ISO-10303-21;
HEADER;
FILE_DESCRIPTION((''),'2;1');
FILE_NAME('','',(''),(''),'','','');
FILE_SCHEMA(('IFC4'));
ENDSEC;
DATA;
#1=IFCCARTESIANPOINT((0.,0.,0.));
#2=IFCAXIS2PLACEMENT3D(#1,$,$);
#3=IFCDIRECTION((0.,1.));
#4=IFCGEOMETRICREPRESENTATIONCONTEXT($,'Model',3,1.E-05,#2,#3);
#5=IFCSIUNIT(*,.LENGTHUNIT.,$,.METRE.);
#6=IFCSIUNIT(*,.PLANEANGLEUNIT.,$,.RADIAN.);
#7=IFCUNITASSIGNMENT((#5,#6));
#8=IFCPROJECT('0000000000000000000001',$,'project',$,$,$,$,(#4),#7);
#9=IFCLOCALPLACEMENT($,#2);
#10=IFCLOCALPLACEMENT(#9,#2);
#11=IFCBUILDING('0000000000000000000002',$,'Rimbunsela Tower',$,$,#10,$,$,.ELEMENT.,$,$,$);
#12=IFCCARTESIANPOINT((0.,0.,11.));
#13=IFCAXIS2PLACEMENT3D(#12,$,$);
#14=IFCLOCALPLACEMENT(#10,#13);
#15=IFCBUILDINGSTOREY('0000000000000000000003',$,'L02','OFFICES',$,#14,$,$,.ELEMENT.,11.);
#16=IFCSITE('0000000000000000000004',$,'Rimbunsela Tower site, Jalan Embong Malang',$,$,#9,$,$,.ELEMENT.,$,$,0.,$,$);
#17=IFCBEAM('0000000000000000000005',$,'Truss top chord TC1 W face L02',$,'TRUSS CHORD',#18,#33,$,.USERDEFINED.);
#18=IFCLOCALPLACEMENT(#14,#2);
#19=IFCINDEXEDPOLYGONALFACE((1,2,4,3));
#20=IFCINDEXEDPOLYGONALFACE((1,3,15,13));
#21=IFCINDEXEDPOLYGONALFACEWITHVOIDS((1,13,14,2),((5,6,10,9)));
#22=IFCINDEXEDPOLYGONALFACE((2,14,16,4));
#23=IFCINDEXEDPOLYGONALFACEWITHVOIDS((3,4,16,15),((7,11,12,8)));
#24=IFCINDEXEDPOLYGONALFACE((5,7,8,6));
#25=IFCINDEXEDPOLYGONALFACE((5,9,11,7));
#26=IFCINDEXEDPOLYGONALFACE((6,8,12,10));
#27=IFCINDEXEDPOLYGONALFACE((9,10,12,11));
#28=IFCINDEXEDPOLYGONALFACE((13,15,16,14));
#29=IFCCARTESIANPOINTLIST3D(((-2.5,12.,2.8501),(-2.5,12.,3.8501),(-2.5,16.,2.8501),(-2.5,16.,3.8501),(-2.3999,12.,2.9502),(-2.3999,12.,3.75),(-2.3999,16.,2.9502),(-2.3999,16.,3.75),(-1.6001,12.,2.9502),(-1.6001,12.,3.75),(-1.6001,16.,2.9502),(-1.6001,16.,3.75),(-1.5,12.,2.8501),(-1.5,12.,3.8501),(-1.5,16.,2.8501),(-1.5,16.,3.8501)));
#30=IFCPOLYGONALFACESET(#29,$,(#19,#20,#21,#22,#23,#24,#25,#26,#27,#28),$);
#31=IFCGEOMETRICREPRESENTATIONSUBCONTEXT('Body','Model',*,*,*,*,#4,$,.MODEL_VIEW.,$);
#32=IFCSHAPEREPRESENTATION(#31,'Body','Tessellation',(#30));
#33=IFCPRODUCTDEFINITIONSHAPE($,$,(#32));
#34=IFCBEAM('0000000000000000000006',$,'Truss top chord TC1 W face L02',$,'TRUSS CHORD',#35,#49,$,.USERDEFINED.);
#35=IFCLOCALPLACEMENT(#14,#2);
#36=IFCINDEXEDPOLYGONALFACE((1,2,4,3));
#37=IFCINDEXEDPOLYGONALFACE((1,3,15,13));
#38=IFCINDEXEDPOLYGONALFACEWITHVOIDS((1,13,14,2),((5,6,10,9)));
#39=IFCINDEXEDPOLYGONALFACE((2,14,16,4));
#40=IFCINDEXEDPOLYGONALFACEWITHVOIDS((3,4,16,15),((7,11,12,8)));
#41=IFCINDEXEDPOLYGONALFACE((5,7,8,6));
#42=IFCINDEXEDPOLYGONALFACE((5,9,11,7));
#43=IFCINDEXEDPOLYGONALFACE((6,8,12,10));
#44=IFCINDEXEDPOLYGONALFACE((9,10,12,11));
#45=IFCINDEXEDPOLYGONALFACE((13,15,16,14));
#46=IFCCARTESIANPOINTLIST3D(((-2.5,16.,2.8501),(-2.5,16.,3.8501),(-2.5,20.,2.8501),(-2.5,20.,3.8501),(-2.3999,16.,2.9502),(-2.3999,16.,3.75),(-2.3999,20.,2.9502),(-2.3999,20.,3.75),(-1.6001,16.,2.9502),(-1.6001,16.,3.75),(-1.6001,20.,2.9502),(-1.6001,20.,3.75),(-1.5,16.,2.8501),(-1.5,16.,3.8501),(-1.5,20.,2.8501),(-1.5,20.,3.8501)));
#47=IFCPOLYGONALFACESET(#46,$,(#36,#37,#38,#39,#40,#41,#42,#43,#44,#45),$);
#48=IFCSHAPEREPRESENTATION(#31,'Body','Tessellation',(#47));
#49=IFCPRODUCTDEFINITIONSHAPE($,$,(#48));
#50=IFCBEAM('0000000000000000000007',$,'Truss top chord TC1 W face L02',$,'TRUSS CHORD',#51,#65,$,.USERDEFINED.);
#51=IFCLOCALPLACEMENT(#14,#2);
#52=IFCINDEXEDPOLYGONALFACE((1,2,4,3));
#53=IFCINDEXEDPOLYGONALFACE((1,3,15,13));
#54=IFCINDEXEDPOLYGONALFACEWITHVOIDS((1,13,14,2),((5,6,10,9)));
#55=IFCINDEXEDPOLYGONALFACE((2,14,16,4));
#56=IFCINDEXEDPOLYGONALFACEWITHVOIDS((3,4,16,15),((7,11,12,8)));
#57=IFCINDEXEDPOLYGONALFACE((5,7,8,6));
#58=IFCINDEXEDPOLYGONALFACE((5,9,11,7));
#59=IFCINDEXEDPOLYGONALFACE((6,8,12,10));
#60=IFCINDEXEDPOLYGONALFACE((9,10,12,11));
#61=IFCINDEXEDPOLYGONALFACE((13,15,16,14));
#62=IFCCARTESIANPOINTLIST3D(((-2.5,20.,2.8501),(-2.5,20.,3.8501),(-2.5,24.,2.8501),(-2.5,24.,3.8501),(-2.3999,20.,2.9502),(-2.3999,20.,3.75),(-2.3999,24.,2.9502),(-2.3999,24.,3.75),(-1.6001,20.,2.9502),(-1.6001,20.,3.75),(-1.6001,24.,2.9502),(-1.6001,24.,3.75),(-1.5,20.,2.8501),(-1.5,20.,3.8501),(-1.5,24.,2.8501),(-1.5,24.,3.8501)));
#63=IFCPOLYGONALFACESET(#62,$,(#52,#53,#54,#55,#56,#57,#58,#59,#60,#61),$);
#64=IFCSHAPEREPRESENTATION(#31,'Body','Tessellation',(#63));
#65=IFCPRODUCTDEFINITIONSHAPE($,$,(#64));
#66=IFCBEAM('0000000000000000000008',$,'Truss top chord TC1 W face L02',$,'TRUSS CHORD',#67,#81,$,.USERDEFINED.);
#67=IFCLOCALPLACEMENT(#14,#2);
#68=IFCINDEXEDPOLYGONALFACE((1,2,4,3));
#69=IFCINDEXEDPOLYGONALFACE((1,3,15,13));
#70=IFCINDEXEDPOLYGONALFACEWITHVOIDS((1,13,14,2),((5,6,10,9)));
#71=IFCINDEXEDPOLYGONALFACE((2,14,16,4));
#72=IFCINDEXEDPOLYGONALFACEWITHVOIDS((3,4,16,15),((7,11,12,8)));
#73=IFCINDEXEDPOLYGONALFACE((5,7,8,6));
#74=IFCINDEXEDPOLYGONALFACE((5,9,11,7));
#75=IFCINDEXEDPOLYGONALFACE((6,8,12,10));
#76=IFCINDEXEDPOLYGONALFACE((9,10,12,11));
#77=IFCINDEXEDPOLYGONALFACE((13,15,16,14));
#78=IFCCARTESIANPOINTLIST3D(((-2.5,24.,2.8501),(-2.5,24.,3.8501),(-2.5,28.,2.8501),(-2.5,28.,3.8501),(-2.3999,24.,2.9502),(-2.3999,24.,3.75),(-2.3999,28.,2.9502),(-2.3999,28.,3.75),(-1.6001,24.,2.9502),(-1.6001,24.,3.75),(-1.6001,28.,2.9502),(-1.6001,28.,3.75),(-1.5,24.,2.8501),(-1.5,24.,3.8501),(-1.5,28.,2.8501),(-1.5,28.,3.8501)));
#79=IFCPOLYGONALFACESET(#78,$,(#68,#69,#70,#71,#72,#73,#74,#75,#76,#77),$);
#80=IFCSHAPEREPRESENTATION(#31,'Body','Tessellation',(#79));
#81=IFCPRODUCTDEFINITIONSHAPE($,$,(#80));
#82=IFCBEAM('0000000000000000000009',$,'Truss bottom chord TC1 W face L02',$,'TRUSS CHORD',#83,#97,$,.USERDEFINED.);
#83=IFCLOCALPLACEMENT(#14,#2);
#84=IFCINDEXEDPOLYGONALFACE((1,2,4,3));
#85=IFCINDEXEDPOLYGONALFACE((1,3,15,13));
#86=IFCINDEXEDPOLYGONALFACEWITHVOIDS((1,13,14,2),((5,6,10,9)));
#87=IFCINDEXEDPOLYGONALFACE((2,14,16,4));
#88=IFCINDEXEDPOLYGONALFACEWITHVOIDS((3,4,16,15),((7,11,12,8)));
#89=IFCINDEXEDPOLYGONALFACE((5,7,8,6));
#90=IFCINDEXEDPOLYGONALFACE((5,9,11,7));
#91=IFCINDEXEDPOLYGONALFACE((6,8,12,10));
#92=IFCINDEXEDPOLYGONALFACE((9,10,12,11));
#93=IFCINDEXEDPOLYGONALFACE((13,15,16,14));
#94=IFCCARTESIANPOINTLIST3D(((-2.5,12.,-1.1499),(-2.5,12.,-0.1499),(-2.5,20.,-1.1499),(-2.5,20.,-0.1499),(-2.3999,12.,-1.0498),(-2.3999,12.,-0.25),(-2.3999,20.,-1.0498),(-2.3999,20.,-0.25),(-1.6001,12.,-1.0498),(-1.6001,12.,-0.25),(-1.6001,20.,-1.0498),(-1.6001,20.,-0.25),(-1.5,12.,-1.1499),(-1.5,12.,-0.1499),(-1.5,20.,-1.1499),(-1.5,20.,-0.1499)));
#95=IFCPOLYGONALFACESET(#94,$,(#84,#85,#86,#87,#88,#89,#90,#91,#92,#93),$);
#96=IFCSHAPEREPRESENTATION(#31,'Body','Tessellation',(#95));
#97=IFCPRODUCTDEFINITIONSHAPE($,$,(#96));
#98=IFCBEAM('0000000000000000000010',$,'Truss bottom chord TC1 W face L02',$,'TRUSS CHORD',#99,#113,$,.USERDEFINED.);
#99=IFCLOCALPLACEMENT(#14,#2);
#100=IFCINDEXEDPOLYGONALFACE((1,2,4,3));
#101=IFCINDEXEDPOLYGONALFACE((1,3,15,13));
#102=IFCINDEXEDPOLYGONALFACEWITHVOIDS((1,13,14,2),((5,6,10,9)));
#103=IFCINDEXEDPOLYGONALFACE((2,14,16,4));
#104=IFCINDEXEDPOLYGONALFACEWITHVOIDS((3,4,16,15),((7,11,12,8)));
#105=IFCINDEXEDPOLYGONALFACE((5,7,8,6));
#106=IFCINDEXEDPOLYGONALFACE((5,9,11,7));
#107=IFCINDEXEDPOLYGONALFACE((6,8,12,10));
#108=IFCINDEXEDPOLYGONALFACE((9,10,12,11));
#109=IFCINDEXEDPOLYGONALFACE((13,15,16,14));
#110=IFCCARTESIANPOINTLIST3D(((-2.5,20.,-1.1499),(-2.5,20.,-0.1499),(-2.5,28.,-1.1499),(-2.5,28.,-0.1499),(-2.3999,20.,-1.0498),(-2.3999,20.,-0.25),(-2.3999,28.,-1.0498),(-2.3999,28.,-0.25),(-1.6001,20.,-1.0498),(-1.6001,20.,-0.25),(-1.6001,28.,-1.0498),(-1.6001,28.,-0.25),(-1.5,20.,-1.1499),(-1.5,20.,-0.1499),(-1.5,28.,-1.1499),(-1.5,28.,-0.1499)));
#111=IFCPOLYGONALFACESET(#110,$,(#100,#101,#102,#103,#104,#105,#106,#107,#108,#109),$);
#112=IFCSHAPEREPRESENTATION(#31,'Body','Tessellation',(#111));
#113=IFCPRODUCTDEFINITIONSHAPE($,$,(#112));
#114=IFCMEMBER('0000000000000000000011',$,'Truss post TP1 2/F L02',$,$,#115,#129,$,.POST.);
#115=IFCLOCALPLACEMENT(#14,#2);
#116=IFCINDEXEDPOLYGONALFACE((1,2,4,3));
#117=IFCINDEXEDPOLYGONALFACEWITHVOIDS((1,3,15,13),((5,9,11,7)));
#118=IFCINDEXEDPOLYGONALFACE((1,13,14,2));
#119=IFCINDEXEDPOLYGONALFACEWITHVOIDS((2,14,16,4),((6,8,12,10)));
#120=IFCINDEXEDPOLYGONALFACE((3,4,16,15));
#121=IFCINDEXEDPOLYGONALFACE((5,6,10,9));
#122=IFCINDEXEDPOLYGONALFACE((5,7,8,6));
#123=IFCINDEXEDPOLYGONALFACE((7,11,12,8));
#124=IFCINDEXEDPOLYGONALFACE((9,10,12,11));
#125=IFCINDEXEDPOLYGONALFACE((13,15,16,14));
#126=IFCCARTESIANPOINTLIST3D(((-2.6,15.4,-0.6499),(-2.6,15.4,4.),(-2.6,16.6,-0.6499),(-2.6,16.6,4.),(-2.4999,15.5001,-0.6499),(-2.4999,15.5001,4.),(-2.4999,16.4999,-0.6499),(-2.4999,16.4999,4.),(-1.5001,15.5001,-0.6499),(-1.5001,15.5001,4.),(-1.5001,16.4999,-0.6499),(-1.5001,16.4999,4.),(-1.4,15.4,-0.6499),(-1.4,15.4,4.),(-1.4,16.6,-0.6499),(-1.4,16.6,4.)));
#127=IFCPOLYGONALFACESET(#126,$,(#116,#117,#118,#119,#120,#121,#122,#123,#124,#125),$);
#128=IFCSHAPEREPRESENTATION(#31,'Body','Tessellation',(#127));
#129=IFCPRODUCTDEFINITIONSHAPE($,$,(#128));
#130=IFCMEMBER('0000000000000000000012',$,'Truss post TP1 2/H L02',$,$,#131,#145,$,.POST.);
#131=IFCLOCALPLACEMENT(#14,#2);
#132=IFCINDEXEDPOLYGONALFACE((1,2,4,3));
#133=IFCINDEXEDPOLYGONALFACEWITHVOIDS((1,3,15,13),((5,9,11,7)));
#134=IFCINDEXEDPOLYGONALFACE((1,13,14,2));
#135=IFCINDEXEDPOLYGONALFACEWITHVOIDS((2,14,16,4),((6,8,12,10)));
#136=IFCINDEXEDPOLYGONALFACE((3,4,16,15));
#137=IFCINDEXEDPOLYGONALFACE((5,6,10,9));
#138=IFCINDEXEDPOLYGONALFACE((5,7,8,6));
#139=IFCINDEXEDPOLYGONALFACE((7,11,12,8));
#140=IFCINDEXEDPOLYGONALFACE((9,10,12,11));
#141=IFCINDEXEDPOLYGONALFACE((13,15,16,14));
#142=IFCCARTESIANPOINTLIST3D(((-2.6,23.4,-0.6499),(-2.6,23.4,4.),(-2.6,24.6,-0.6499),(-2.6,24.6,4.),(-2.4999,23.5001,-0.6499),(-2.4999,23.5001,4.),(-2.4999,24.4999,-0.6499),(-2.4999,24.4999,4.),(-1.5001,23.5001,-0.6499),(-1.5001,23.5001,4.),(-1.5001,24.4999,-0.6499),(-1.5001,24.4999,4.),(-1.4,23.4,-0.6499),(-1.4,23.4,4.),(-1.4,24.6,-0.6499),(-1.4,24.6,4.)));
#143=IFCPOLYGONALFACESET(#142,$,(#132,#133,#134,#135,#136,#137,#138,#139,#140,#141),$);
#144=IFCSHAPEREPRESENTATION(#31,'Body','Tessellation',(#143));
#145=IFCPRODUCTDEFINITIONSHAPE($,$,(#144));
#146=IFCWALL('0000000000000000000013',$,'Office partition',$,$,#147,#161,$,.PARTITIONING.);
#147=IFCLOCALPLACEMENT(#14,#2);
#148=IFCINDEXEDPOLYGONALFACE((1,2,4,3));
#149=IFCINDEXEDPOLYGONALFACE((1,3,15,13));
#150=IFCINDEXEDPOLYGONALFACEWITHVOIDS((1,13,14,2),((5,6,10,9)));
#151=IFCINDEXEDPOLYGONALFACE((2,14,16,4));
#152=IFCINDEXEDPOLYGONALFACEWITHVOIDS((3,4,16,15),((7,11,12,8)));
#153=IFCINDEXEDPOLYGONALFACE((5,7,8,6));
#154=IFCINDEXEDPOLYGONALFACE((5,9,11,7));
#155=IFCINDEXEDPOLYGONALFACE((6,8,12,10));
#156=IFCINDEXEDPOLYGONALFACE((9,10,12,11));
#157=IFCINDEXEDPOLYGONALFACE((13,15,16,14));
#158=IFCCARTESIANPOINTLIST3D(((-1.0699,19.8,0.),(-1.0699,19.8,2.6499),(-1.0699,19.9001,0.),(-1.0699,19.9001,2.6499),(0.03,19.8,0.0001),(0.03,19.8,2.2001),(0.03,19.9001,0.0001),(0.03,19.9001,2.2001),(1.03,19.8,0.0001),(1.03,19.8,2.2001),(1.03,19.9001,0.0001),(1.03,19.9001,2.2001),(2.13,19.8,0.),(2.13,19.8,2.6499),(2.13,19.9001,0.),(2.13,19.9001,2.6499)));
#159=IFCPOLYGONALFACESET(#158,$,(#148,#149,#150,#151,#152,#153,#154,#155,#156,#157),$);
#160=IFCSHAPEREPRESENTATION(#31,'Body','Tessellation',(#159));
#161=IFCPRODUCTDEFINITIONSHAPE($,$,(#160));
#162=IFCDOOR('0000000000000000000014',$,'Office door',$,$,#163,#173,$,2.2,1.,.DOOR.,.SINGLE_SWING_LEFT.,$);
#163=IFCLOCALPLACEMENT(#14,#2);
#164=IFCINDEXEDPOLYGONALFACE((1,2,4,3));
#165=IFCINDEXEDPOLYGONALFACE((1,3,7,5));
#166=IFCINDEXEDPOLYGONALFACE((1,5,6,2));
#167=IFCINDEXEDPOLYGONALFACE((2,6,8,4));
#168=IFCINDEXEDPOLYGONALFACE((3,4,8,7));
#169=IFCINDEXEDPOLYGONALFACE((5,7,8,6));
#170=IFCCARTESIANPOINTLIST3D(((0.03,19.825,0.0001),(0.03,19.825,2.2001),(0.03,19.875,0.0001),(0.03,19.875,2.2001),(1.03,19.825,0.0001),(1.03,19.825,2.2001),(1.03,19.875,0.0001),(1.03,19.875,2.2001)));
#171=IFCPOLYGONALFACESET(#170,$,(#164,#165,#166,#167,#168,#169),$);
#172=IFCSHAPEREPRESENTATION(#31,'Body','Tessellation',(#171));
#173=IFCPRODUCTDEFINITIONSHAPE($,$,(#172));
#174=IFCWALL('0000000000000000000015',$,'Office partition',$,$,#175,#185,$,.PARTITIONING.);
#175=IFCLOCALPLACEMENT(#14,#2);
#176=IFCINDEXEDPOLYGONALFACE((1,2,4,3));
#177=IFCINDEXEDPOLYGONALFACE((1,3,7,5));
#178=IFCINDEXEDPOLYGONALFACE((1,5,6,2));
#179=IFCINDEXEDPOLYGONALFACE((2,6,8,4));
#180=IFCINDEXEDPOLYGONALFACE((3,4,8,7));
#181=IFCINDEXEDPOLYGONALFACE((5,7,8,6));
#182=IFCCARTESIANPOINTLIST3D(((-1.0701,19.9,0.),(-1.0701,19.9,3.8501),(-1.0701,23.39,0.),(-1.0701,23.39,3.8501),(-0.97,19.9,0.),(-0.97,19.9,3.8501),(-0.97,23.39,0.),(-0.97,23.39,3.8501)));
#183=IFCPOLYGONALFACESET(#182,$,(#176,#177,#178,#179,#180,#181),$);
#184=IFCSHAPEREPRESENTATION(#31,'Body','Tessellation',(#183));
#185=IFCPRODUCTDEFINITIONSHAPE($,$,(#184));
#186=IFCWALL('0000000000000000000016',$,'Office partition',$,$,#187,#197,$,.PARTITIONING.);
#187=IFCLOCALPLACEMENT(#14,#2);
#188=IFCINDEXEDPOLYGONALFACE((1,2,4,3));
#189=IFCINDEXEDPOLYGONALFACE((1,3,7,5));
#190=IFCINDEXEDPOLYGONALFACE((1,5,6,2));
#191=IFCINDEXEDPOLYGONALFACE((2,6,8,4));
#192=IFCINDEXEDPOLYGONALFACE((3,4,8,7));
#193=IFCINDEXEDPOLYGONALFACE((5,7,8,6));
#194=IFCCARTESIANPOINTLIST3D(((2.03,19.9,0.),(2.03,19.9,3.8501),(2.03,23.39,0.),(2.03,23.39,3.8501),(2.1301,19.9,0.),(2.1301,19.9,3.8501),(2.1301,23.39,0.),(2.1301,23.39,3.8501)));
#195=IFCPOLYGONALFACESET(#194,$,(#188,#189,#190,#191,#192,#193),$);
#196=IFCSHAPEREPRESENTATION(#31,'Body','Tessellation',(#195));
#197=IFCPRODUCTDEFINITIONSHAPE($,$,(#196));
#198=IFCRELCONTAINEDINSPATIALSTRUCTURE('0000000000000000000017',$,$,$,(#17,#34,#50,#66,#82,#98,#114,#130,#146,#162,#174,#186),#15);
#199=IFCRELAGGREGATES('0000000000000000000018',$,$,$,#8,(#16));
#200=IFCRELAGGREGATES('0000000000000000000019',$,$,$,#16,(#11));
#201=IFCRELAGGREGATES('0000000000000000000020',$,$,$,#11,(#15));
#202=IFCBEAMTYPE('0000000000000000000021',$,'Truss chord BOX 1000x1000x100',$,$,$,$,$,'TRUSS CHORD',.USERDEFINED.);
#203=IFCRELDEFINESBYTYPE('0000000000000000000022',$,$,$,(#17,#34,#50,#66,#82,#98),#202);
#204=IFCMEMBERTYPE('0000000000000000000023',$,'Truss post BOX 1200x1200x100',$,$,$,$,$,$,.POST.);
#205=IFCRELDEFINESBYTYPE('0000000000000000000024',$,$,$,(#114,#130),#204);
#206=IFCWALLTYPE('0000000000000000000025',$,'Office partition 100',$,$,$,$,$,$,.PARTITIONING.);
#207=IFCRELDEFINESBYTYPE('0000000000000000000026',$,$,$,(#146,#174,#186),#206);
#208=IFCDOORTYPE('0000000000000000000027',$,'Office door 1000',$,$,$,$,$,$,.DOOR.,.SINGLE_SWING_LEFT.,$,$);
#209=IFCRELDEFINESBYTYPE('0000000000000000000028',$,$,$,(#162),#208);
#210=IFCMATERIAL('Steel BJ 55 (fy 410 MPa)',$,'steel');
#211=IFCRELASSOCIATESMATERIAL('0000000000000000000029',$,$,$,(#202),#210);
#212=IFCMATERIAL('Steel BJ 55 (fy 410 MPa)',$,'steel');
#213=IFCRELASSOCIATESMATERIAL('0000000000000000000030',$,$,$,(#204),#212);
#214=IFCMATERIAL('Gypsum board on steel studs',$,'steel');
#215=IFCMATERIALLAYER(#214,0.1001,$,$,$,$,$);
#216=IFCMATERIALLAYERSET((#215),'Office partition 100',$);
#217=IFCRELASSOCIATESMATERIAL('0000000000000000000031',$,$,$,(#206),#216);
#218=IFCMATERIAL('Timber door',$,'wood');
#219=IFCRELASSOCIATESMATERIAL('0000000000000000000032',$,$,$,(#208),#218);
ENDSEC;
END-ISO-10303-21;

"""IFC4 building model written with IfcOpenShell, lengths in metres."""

from ifc_helpers import new_model, si_unit, direction, frame, frame_2d, origin, origin_2d, place, context, subcontext, project, spatial, rectangle, hollow_rectangle, extrude, material, layer, layer_set, material_profile, profile_set, type_object, element, fill, save


model = new_model("IFC4")

# Units and contexts
model_context = context("Model", 3, precision=1e-05, world=origin(), true_north=direction((0.0, 1.0)))
body_context = subcontext(model_context, "Body", "Model", "MODEL_VIEW")
ifc_project = project(units=[si_unit("LENGTHUNIT", "METRE"), si_unit("PLANEANGLEUNIT", "RADIAN")], contexts=[model_context])

# Site, building, storey
site_placement = place(None, origin())
site = spatial("IfcSite", under=ifc_project, at=site_placement, Name="Rimbunsela Tower site, Jalan Embong Malang", CompositionType="ELEMENT", RefElevation=0.0)
building_placement = place(site_placement, origin())
building = spatial("IfcBuilding", under=site, at=building_placement, Name="Rimbunsela Tower", CompositionType="ELEMENT")
storey_placement = place(building_placement, frame((0.0, 0.0, 11.0)))
storey = spatial("IfcBuildingStorey", under=building, at=storey_placement, Name="L02", Description="OFFICES", CompositionType="ELEMENT", Elevation=11.0)

# Beams
ifc_material_1 = material(Name="Steel BJ 55 (fy 410 MPa)", Category="steel")
ifc_material_profile_1 = material_profile(ifc_material_1, hollow_rectangle(XDim=1.0, YDim=1.0, WallThickness=0.1001, at=origin_2d()), Name="BOX 1000x1000x100")
ifc_profile_set_1 = profile_set([ifc_material_profile_1], Name="Steel BJ 55 (fy 410 MPa)")
beam_type_1 = type_object("IfcBeamType", Name="Truss chord BOX 1000x1000x100", ElementType="TRUSS CHORD", PredefinedType="USERDEFINED", material=ifc_profile_set_1)
for number, where, z_axis, x_axis, name in (
    (1, (-2.0, 12.0, 3.3501), (0.0, 1.0, 0.0), (-1.0, 0.0, 0.0), "Truss top chord TC1 W face L02"),
    (2, (-2.0, 16.0, 3.3501), (0.0, 1.0, 0.0), (-1.0, 0.0, 0.0), "Truss top chord TC1 W face L02"),
    (3, (-2.0, 20.0, 3.3501), (0.0, 1.0, 0.0), (-1.0, 0.0, 0.0), "Truss top chord TC1 W face L02"),
    (4, (-2.0, 24.0, 3.3501), (0.0, 1.0, 0.0), (-1.0, 0.0, 0.0), "Truss top chord TC1 W face L02"),
):
    element("IfcBeam", number, at=place(storey_placement, frame(where, z_axis=z_axis, x_axis=x_axis)), inside=storey, type_object=beam_type_1, Name=name, ObjectType="TRUSS CHORD", PredefinedType="USERDEFINED", context=body_context, shape_type="SweptSolid", body=[
        extrude(hollow_rectangle(XDim=1.0, YDim=1.0, WallThickness=0.1001, at=origin_2d()), origin(), (0.0, 0.0, 1.0), 4.0),
    ])
for number, where, z_axis, x_axis, name in (
    (5, (-2.0, 12.0, -0.6499), (0.0, 1.0, 0.0), (-1.0, 0.0, 0.0), "Truss bottom chord TC1 W face L02"),
    (6, (-2.0, 20.0, -0.6499), (0.0, 1.0, 0.0), (-1.0, 0.0, 0.0), "Truss bottom chord TC1 W face L02"),
):
    element("IfcBeam", number, at=place(storey_placement, frame(where, z_axis=z_axis, x_axis=x_axis)), inside=storey, type_object=beam_type_1, Name=name, ObjectType="TRUSS CHORD", PredefinedType="USERDEFINED", context=body_context, shape_type="SweptSolid", body=[
        extrude(hollow_rectangle(XDim=1.0, YDim=1.0, WallThickness=0.1001, at=origin_2d()), origin(), (0.0, 0.0, 1.0), 8.0),
    ])

# Members
ifc_material_2 = material(Name="Steel BJ 55 (fy 410 MPa)", Category="steel")
ifc_material_profile_2 = material_profile(ifc_material_2, hollow_rectangle(XDim=1.2, YDim=1.2, WallThickness=0.1001, at=origin_2d()), Name="BOX 1200x1200x100")
ifc_profile_set_2 = profile_set([ifc_material_profile_2], Name="Steel BJ 55 (fy 410 MPa)")
member_type = type_object("IfcMemberType", Name="Truss post BOX 1200x1200x100", PredefinedType="POST", material=ifc_profile_set_2)
for number, where, z_axis, x_axis, name in (
    (7, (-2.0, 16.0, -0.6499), (0.0, 0.0, 1.0), (1.0, 0.0, 0.0), "Truss post TP1 2/F L02"),
    (8, (-2.0, 24.0, -0.6499), (0.0, 0.0, 1.0), (1.0, 0.0, 0.0), "Truss post TP1 2/H L02"),
):
    element("IfcMember", number, at=place(storey_placement, frame(where, z_axis=z_axis, x_axis=x_axis)), inside=storey, type_object=member_type, Name=name, PredefinedType="POST", context=body_context, shape_type="SweptSolid", body=[
        extrude(hollow_rectangle(XDim=1.2, YDim=1.2, WallThickness=0.1001, at=origin_2d()), origin(), (0.0, 0.0, 1.0), 4.6499),
    ])

# Wall, opening, door
ifc_material_3 = material(Name="Gypsum board on steel studs", Category="steel")
ifc_layer_1 = layer(ifc_material_3, 0.1001)
ifc_layer_set_1 = layer_set([ifc_layer_1], Name="Office partition 100")
wall_type_1 = type_object("IfcWallType", Name="Office partition 100", PredefinedType="PARTITIONING", material=ifc_layer_set_1)
wall_1_placement = place(storey_placement, frame((-1.0701, 19.8501, 0.0), z_axis=(0.0, 0.0, 1.0), x_axis=(1.0, 0.0, 0.0)))
wall_1 = element("IfcWall", 9, at=wall_1_placement, inside=storey, type_object=wall_type_1, Name="Office partition", PredefinedType="PARTITIONING", context=body_context, shape_type="SweptSolid", body=[
    extrude(rectangle(XDim=3.2, YDim=0.1001, at=frame_2d((1.6001, 0.0))), origin(), (0.0, 0.0, 1.0), 2.6499),
])
opening_placement = place(wall_1_placement, frame((1.1001, 0.0, 0.0)))
opening = element("IfcOpeningElement", 10, at=opening_placement, cuts=wall_1, PredefinedType="OPENING", context=body_context, shape_type="SweptSolid", body=[
    extrude(rectangle(XDim=1.0, YDim=2.2, at=frame_2d((0.5, 1.1001))), frame((0.0, 0.0601, 0.0), z_axis=(0.0, -1.0, 0.0), x_axis=(1.0, 0.0, 0.0)), (0.0, 0.0, 1.0), 0.1201),
])
ifc_material_4 = material(Name="Timber door", Category="wood")
door_type = type_object("IfcDoorType", Name="Office door 1000", OperationType="SINGLE_SWING_LEFT", PredefinedType="DOOR", material=ifc_material_4)
door_placement = place(opening_placement, origin())
door = element("IfcDoor", 11, at=door_placement, inside=storey, type_object=door_type, Name="Office door", OperationType="SINGLE_SWING_LEFT", OverallHeight=2.2, OverallWidth=1.0, PredefinedType="DOOR", context=body_context, shape_type="SweptSolid", body=[
    extrude(rectangle(XDim=1.0, YDim=2.2, at=frame_2d((0.5, 1.1001))), frame((0.0, 0.0249, 0.0), z_axis=(0.0, -1.0, 0.0), x_axis=(1.0, 0.0, 0.0)), (0.0, 0.0, 1.0), 0.05),
])
fill(opening, door)

# Walls
for number, where, z_axis, x_axis, name in (
    (12, (-1.02, 19.8999, 0.0), (0.0, 0.0, 1.0), (0.0, 1.0, 0.0), "Office partition"),
    (13, (2.0801, 19.8999, 0.0), (0.0, 0.0, 1.0), (0.0, 1.0, 0.0), "Office partition"),
):
    element("IfcWall", number, at=place(storey_placement, frame(where, z_axis=z_axis, x_axis=x_axis)), inside=storey, type_object=wall_type_1, Name=name, PredefinedType="PARTITIONING", context=body_context, shape_type="SweptSolid", body=[
        extrude(rectangle(XDim=3.49, YDim=0.1001, at=frame_2d((1.7451, 0.0))), origin(), (0.0, 0.0, 1.0), 3.8501),
    ])

save(model, "model.ifc")
